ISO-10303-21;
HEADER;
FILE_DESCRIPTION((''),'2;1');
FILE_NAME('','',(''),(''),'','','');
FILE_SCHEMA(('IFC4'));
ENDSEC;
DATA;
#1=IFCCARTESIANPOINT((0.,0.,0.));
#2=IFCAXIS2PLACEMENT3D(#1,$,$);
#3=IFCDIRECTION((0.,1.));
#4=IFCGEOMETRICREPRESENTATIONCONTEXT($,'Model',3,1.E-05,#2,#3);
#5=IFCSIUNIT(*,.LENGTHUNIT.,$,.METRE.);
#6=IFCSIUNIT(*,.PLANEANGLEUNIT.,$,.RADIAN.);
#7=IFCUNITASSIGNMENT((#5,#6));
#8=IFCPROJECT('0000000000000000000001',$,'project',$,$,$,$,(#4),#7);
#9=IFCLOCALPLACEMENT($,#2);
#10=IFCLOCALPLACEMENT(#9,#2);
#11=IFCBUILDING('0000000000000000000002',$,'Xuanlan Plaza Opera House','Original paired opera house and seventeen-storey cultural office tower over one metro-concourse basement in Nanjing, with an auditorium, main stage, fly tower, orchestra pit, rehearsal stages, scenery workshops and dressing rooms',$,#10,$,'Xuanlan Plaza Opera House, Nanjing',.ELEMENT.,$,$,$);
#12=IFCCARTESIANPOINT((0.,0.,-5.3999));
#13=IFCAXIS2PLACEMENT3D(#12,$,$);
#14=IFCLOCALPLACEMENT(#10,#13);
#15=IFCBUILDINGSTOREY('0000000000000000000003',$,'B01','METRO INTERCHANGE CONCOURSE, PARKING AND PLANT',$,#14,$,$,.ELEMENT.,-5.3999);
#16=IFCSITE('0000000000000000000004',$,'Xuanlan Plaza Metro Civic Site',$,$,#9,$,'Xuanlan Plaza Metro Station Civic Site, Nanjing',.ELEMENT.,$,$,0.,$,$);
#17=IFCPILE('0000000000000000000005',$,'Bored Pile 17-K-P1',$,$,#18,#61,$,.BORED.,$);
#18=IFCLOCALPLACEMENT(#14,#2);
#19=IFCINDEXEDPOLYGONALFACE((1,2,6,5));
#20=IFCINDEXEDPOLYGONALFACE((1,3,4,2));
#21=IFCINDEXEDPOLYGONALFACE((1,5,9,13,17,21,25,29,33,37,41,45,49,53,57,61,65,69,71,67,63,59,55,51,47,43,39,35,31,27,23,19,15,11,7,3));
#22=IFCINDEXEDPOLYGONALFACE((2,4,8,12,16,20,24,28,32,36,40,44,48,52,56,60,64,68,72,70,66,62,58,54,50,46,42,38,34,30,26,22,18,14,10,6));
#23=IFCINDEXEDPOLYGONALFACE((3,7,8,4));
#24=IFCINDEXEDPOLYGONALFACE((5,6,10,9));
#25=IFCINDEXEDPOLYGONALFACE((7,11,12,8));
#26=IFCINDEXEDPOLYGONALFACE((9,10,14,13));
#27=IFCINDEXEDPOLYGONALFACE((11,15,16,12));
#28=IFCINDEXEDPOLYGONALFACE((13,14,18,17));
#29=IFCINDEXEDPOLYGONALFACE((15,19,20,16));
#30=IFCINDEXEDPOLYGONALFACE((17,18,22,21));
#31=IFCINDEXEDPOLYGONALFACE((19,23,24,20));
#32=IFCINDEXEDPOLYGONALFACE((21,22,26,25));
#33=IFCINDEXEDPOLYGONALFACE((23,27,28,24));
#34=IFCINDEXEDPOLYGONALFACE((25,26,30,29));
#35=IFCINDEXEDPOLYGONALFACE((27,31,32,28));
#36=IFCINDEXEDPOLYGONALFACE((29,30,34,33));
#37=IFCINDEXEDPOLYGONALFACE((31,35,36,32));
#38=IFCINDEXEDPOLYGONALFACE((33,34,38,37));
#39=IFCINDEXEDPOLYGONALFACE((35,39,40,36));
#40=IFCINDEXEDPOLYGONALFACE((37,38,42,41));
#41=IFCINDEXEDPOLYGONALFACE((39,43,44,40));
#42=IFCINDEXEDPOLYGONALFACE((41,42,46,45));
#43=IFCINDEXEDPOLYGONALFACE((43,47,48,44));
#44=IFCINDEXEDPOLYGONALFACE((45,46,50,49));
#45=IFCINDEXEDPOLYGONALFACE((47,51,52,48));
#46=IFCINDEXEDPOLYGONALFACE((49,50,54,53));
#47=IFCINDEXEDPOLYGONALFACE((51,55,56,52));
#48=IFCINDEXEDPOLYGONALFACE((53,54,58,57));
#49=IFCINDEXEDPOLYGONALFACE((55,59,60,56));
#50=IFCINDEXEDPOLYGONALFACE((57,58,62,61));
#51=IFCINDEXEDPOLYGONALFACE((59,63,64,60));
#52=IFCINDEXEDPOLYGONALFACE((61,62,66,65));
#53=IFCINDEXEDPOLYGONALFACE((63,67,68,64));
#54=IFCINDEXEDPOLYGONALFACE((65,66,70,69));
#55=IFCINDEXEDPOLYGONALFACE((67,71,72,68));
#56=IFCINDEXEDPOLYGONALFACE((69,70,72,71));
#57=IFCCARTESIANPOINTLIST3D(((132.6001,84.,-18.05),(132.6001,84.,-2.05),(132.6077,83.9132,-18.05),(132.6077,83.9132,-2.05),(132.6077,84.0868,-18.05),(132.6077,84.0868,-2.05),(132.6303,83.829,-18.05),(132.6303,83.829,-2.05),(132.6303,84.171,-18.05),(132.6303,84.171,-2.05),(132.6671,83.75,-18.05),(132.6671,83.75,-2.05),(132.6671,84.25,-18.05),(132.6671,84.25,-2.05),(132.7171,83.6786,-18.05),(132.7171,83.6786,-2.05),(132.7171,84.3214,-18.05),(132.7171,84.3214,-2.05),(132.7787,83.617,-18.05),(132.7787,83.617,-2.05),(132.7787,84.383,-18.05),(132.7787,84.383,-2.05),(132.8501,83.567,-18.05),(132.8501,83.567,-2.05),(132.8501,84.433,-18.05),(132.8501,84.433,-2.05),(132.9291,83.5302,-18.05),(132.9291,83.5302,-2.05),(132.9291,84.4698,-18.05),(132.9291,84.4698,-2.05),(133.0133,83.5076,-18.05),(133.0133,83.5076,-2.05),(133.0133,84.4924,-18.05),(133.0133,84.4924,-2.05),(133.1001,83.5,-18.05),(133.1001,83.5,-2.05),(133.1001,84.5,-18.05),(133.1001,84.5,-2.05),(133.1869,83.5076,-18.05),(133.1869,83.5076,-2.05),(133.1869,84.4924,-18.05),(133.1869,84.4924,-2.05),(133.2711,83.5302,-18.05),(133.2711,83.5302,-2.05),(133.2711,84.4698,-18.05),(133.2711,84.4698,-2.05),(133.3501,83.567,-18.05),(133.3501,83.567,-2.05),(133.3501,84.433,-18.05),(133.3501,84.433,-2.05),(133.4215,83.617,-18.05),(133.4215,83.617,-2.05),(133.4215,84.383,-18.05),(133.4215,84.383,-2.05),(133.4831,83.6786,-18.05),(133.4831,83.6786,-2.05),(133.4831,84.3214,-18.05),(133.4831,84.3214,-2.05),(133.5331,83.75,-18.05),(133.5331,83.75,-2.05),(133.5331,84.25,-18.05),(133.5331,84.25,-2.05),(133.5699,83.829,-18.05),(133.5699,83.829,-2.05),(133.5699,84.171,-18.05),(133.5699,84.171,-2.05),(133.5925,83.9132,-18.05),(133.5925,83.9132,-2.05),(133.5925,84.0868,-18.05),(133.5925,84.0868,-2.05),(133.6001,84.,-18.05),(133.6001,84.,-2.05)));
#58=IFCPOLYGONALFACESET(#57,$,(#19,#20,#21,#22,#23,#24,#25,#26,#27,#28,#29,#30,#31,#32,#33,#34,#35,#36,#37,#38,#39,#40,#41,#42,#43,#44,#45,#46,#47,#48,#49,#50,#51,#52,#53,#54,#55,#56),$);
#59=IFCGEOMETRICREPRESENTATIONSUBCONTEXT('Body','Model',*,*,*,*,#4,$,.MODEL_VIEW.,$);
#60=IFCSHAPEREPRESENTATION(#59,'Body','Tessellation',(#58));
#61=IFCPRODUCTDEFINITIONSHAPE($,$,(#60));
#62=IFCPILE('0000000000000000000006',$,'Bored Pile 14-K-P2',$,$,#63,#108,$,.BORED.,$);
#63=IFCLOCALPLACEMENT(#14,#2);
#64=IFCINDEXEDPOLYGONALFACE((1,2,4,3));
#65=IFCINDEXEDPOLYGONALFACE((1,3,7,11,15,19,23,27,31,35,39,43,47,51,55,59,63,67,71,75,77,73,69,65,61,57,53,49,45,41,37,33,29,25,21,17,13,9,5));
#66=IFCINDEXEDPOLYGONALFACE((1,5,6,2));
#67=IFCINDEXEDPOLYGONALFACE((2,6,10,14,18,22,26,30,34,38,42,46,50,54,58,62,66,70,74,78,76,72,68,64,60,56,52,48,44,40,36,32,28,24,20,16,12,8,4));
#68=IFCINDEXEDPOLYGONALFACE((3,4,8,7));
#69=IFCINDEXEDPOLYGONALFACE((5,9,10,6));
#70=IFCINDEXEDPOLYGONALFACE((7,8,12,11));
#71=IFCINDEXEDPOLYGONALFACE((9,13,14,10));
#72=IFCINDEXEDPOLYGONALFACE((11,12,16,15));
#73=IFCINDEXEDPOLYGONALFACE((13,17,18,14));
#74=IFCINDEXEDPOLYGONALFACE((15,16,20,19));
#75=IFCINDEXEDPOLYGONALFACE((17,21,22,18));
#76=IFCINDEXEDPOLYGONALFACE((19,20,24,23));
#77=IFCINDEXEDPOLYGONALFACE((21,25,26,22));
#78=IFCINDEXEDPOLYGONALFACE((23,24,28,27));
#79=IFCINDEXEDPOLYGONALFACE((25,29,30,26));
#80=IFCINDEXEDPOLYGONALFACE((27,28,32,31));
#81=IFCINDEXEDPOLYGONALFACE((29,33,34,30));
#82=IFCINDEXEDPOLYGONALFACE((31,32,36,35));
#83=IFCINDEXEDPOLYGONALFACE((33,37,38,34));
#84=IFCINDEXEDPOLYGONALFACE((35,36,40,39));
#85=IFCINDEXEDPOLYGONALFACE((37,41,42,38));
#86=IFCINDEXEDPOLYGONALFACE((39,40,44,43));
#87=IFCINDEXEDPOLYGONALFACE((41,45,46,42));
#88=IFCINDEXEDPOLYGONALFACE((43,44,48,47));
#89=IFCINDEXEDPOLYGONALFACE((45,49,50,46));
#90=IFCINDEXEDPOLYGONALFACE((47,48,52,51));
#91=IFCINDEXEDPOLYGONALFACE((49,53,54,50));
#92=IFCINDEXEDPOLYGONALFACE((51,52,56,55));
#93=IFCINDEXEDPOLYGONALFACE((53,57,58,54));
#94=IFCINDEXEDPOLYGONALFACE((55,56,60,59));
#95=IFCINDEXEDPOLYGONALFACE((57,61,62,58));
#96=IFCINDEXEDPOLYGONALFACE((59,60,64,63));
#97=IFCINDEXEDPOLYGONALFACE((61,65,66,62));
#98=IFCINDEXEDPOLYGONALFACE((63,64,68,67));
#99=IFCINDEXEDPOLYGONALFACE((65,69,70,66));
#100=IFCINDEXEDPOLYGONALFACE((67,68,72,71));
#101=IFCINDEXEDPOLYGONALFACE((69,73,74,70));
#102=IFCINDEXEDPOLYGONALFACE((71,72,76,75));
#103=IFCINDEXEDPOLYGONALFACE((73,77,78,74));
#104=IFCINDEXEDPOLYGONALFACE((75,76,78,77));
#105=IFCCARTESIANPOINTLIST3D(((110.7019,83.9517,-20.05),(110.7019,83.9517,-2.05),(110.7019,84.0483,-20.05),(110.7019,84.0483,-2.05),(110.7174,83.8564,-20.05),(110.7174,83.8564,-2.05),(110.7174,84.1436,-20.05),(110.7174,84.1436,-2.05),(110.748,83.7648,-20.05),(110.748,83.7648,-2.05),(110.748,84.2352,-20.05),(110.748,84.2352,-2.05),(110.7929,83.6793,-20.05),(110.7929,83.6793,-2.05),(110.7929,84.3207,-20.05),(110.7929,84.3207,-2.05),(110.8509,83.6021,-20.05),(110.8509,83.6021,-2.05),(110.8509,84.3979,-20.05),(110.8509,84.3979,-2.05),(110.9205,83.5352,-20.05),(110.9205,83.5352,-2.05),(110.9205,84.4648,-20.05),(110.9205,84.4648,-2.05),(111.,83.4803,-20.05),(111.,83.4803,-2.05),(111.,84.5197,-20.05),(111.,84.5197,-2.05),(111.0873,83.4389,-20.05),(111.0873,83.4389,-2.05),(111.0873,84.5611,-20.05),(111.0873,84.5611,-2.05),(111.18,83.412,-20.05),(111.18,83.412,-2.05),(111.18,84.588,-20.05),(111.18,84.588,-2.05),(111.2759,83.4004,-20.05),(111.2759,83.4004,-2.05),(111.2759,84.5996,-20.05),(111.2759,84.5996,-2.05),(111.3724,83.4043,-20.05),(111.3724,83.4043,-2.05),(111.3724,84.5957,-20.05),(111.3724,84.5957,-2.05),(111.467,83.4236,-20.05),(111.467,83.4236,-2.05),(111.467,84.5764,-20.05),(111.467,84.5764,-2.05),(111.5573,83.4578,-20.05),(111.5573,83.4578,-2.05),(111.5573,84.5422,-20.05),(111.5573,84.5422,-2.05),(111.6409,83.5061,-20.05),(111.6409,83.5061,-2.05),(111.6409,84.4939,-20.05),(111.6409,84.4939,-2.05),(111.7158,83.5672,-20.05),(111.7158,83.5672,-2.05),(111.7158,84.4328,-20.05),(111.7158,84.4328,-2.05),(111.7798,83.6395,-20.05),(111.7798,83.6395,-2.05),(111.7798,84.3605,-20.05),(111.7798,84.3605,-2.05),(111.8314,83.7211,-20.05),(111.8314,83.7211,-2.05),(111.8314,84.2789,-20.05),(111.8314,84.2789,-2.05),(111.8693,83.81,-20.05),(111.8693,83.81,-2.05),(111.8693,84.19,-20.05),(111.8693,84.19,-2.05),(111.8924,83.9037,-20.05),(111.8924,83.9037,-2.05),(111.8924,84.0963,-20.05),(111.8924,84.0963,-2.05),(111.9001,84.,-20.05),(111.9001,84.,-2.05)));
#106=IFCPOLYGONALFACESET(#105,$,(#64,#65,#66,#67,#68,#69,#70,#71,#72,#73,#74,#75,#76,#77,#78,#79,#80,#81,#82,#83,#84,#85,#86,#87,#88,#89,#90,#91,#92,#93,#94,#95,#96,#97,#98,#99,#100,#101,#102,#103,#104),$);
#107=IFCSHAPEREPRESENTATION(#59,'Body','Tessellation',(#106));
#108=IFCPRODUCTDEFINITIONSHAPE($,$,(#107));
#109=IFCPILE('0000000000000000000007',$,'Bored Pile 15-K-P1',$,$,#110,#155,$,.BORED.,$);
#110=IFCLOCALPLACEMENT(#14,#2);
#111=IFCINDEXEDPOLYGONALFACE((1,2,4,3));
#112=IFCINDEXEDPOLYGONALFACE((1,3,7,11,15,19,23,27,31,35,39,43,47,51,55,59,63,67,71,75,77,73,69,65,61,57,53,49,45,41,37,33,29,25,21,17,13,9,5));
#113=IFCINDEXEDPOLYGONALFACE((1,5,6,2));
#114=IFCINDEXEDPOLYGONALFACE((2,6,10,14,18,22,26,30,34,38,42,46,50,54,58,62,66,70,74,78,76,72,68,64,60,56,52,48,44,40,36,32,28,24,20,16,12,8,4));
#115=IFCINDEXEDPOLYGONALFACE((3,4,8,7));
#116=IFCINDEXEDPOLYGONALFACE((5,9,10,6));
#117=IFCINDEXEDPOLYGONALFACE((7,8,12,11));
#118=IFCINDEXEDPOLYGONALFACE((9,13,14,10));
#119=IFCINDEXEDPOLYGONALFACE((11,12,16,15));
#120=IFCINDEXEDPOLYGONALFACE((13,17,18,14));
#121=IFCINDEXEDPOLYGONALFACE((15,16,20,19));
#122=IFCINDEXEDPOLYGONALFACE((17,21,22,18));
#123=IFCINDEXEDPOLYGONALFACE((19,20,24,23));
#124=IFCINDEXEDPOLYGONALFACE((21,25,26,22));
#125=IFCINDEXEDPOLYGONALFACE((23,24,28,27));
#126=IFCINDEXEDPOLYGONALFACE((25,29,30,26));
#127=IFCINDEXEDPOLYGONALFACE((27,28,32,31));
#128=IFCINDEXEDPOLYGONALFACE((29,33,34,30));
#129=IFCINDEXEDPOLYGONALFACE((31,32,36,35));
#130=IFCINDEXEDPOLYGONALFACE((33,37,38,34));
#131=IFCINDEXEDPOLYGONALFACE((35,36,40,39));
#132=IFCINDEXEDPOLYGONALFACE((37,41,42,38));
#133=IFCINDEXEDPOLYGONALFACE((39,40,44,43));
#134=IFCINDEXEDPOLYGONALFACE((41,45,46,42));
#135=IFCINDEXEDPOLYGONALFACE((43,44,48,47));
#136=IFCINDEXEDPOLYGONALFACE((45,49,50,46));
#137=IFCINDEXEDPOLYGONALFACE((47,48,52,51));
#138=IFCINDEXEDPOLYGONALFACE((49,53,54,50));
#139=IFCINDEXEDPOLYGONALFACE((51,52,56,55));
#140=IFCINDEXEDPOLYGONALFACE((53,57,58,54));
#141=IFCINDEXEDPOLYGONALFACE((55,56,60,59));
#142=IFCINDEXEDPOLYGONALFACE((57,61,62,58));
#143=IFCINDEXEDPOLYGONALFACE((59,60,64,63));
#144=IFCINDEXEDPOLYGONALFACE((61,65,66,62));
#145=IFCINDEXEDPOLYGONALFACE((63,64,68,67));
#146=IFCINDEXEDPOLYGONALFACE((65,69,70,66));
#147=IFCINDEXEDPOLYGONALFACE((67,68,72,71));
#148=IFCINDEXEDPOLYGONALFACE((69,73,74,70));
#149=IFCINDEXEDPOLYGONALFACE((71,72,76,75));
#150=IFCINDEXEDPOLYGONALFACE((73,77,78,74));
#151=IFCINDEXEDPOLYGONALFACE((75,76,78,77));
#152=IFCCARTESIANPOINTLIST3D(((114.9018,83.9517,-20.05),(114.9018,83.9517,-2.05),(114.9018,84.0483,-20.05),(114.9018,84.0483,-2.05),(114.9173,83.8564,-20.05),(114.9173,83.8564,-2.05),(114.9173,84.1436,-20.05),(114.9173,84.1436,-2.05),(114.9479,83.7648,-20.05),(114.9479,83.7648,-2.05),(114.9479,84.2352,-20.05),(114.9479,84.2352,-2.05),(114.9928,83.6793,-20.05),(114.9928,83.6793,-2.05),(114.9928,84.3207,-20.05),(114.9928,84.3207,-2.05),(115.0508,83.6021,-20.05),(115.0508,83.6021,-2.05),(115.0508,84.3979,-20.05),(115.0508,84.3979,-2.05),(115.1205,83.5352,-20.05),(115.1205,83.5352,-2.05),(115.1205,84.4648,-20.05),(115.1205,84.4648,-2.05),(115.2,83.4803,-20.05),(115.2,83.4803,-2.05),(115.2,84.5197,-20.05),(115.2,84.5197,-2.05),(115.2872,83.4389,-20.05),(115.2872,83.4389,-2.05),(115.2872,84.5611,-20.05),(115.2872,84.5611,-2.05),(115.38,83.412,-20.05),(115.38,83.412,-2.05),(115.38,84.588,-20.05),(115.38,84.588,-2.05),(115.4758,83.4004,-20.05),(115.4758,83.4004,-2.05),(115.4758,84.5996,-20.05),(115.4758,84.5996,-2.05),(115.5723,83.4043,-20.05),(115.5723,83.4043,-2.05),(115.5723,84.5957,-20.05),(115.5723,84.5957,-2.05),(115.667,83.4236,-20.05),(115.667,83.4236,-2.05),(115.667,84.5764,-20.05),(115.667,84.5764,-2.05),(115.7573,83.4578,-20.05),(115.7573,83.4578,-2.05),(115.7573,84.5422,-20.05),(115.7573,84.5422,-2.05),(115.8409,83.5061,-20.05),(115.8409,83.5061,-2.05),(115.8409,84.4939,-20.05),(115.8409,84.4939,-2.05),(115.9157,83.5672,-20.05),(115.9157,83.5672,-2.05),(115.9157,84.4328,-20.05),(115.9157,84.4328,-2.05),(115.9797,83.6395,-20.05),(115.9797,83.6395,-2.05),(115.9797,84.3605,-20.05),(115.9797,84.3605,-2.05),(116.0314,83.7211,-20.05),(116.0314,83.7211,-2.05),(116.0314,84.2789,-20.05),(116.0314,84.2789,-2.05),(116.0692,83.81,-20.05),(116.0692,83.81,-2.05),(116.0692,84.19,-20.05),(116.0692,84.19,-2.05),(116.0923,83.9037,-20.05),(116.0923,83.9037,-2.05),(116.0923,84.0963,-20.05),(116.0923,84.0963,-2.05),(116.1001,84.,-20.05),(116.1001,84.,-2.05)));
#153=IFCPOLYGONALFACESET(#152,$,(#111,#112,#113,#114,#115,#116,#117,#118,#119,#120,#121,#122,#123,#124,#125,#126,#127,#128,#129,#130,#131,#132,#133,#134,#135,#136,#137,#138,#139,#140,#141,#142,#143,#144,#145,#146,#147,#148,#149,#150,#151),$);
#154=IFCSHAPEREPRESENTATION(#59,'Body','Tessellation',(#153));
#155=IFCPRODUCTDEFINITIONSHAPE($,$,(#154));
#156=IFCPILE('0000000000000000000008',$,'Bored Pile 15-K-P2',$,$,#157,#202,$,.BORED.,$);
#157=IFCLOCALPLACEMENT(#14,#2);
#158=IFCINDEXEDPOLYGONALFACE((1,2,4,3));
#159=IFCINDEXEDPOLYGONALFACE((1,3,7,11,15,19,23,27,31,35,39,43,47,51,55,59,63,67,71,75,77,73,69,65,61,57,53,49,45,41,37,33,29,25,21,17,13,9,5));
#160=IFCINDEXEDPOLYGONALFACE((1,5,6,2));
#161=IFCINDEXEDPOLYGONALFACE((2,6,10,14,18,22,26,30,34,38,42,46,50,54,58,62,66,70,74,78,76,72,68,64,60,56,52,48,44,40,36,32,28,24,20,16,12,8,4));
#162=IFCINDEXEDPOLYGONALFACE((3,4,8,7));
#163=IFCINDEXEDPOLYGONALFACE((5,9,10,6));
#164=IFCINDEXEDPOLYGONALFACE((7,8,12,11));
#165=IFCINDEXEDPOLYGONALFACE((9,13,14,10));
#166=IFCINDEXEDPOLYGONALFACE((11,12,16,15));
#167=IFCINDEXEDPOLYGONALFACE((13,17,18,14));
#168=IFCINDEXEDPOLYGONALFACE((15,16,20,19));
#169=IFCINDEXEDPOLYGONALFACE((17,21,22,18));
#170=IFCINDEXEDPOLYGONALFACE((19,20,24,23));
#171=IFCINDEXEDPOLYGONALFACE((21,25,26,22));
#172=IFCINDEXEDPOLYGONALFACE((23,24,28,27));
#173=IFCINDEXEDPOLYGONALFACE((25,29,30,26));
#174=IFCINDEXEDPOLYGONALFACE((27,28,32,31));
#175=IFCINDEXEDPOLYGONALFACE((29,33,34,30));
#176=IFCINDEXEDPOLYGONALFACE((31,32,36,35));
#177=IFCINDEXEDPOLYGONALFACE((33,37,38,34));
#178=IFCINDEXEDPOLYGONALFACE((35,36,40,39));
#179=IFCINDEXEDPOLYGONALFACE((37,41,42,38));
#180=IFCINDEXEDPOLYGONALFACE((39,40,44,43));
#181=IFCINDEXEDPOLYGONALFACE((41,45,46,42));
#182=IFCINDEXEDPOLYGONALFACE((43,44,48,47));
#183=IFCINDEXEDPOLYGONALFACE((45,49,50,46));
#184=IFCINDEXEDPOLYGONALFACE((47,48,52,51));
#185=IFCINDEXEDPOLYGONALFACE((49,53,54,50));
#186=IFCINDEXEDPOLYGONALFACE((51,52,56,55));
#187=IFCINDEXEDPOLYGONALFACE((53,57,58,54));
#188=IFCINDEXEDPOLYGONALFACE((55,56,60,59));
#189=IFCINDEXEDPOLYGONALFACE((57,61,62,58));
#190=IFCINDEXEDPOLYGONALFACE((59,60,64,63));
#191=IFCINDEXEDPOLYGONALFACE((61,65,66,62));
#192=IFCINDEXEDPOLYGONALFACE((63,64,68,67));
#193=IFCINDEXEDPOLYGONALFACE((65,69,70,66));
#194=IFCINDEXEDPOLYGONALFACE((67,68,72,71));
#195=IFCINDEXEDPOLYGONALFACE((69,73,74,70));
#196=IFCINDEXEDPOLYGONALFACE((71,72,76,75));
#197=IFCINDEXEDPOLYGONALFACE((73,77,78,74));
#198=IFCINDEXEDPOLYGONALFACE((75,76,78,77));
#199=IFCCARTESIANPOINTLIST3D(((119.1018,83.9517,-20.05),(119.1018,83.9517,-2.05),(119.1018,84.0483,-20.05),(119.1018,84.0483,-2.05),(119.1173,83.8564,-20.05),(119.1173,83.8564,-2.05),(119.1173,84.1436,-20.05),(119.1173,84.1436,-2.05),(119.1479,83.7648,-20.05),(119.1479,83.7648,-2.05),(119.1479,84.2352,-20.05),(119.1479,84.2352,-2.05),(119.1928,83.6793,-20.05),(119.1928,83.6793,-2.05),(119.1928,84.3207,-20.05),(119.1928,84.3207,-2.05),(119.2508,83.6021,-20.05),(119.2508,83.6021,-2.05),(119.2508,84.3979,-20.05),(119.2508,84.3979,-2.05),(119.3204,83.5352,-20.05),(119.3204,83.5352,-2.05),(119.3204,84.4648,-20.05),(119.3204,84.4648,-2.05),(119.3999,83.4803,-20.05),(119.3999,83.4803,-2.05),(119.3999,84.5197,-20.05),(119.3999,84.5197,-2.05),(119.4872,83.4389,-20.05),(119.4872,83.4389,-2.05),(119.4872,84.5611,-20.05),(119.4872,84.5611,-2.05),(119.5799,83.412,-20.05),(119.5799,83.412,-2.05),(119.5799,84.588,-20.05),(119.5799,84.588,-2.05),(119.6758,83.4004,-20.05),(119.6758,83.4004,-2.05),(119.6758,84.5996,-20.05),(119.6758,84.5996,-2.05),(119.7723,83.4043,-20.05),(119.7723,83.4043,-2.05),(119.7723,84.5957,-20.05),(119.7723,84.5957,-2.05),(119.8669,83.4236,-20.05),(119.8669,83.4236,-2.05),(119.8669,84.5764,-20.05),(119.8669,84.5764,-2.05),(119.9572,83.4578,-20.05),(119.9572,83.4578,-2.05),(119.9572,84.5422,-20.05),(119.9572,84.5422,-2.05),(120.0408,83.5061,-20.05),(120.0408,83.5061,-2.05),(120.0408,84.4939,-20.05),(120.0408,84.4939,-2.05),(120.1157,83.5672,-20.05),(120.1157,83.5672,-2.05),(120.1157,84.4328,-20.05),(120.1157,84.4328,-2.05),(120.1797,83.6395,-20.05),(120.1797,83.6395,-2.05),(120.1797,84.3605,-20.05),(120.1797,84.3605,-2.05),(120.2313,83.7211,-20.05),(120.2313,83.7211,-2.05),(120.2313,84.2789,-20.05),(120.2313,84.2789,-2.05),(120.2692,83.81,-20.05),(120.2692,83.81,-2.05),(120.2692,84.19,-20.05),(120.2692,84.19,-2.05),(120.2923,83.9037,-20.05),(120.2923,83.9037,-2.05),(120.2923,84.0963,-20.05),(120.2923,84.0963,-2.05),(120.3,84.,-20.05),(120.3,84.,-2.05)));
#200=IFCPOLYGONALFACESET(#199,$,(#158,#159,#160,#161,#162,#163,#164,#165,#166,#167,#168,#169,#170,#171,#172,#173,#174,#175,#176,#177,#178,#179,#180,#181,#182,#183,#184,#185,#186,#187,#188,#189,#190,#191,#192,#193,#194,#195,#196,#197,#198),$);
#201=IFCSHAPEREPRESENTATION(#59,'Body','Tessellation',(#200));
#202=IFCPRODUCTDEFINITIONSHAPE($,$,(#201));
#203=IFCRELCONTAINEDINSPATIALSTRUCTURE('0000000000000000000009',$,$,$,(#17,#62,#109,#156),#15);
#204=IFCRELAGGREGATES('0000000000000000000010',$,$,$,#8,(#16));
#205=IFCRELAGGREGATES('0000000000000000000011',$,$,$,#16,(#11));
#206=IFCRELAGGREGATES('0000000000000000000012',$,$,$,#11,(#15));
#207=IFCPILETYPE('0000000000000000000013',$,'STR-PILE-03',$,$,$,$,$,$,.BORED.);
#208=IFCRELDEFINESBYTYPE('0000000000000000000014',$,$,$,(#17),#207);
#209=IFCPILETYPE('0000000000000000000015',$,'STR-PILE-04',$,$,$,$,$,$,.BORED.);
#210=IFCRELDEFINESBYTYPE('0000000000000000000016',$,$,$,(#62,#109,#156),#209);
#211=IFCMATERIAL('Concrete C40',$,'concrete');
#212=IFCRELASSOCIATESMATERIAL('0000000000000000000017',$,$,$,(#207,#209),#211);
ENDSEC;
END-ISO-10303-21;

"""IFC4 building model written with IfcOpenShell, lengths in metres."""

from ifc_helpers import new_model, si_unit, direction, frame, origin, origin_2d, place, context, subcontext, project, spatial, circle, extrude, material, material_profile, profile_set, type_object, element, save


model = new_model("IFC4")

# Units and contexts
model_context = context("Model", 3, precision=1e-05, world=origin(), true_north=direction((0.0, 1.0)))
body_context = subcontext(model_context, "Body", "Model", "MODEL_VIEW")
ifc_project = project(units=[si_unit("LENGTHUNIT", "METRE"), si_unit("PLANEANGLEUNIT", "RADIAN")], contexts=[model_context])

# Site, building, storey
site_placement = place(None, origin())
site = spatial("IfcSite", under=ifc_project, at=site_placement, Name="Xuanlan Plaza Metro Civic Site", LongName="Xuanlan Plaza Metro Station Civic Site, Nanjing", CompositionType="ELEMENT", RefElevation=0.0)
building_placement = place(site_placement, origin())
building = spatial("IfcBuilding", under=site, at=building_placement, Name="Xuanlan Plaza Opera House", Description="Original paired opera house and seventeen-storey cultural office tower over one metro-concourse basement in Nanjing, with an auditorium, main stage, fly tower, orchestra pit, rehearsal stages, scenery workshops and dressing rooms", LongName="Xuanlan Plaza Opera House, Nanjing", CompositionType="ELEMENT")
storey_placement = place(building_placement, frame((0.0, 0.0, -5.3999)))
storey = spatial("IfcBuildingStorey", under=building, at=storey_placement, Name="B01", Description="METRO INTERCHANGE CONCOURSE, PARKING AND PLANT", CompositionType="ELEMENT", Elevation=-5.3999)

# Shared definitions
ifc_material_1 = material(Name="Concrete C40", Category="concrete")

# Piles
ifc_material_profile_1 = material_profile(ifc_material_1, circle(Radius=0.5, at=origin_2d()), Name="PILE D1000")
ifc_profile_set_1 = profile_set([ifc_material_profile_1], Name="Concrete C40")
pile_type_1 = type_object("IfcPileType", Name="STR-PILE-03", PredefinedType="BORED", material=ifc_profile_set_1)
for number, where, z_axis, x_axis, name in (
    (1, (133.1001, 84.0, -2.05), (0.0, 0.0, -1.0), (1.0, 0.0, 0.0), "Bored Pile 17-K-P1"),
):
    element("IfcPile", number, at=place(storey_placement, frame(where, z_axis=z_axis, x_axis=x_axis)), inside=storey, type_object=pile_type_1, Name=name, PredefinedType="BORED", context=body_context, shape_type="SweptSolid", body=[
        extrude(circle(Radius=0.5, at=origin_2d()), origin(), (0.0, 0.0, 1.0), 16.0),
    ])
ifc_material_profile_2 = material_profile(ifc_material_1, circle(Radius=0.6001, at=origin_2d()), Name="PILE D1200")
ifc_profile_set_2 = profile_set([ifc_material_profile_2], Name="Concrete C40")
pile_type_2 = type_object("IfcPileType", Name="STR-PILE-04", PredefinedType="BORED", material=ifc_profile_set_2)
for number, where, z_axis, x_axis, name in (
    (2, (111.3, 84.0, -2.05), (0.0, 0.0, -1.0), (1.0, 0.0, 0.0), "Bored Pile 14-K-P2"),
    (3, (115.5, 84.0, -2.05), (0.0, 0.0, -1.0), (1.0, 0.0, 0.0), "Bored Pile 15-K-P1"),
    (4, (119.7, 84.0, -2.05), (0.0, 0.0, -1.0), (1.0, 0.0, 0.0), "Bored Pile 15-K-P2"),
):
    element("IfcPile", number, at=place(storey_placement, frame(where, z_axis=z_axis, x_axis=x_axis)), inside=storey, type_object=pile_type_2, Name=name, PredefinedType="BORED", context=body_context, shape_type="SweptSolid", body=[
        extrude(circle(Radius=0.6001, at=origin_2d()), origin(), (0.0, 0.0, 1.0), 18.0),
    ])

save(model, "model.ifc")
